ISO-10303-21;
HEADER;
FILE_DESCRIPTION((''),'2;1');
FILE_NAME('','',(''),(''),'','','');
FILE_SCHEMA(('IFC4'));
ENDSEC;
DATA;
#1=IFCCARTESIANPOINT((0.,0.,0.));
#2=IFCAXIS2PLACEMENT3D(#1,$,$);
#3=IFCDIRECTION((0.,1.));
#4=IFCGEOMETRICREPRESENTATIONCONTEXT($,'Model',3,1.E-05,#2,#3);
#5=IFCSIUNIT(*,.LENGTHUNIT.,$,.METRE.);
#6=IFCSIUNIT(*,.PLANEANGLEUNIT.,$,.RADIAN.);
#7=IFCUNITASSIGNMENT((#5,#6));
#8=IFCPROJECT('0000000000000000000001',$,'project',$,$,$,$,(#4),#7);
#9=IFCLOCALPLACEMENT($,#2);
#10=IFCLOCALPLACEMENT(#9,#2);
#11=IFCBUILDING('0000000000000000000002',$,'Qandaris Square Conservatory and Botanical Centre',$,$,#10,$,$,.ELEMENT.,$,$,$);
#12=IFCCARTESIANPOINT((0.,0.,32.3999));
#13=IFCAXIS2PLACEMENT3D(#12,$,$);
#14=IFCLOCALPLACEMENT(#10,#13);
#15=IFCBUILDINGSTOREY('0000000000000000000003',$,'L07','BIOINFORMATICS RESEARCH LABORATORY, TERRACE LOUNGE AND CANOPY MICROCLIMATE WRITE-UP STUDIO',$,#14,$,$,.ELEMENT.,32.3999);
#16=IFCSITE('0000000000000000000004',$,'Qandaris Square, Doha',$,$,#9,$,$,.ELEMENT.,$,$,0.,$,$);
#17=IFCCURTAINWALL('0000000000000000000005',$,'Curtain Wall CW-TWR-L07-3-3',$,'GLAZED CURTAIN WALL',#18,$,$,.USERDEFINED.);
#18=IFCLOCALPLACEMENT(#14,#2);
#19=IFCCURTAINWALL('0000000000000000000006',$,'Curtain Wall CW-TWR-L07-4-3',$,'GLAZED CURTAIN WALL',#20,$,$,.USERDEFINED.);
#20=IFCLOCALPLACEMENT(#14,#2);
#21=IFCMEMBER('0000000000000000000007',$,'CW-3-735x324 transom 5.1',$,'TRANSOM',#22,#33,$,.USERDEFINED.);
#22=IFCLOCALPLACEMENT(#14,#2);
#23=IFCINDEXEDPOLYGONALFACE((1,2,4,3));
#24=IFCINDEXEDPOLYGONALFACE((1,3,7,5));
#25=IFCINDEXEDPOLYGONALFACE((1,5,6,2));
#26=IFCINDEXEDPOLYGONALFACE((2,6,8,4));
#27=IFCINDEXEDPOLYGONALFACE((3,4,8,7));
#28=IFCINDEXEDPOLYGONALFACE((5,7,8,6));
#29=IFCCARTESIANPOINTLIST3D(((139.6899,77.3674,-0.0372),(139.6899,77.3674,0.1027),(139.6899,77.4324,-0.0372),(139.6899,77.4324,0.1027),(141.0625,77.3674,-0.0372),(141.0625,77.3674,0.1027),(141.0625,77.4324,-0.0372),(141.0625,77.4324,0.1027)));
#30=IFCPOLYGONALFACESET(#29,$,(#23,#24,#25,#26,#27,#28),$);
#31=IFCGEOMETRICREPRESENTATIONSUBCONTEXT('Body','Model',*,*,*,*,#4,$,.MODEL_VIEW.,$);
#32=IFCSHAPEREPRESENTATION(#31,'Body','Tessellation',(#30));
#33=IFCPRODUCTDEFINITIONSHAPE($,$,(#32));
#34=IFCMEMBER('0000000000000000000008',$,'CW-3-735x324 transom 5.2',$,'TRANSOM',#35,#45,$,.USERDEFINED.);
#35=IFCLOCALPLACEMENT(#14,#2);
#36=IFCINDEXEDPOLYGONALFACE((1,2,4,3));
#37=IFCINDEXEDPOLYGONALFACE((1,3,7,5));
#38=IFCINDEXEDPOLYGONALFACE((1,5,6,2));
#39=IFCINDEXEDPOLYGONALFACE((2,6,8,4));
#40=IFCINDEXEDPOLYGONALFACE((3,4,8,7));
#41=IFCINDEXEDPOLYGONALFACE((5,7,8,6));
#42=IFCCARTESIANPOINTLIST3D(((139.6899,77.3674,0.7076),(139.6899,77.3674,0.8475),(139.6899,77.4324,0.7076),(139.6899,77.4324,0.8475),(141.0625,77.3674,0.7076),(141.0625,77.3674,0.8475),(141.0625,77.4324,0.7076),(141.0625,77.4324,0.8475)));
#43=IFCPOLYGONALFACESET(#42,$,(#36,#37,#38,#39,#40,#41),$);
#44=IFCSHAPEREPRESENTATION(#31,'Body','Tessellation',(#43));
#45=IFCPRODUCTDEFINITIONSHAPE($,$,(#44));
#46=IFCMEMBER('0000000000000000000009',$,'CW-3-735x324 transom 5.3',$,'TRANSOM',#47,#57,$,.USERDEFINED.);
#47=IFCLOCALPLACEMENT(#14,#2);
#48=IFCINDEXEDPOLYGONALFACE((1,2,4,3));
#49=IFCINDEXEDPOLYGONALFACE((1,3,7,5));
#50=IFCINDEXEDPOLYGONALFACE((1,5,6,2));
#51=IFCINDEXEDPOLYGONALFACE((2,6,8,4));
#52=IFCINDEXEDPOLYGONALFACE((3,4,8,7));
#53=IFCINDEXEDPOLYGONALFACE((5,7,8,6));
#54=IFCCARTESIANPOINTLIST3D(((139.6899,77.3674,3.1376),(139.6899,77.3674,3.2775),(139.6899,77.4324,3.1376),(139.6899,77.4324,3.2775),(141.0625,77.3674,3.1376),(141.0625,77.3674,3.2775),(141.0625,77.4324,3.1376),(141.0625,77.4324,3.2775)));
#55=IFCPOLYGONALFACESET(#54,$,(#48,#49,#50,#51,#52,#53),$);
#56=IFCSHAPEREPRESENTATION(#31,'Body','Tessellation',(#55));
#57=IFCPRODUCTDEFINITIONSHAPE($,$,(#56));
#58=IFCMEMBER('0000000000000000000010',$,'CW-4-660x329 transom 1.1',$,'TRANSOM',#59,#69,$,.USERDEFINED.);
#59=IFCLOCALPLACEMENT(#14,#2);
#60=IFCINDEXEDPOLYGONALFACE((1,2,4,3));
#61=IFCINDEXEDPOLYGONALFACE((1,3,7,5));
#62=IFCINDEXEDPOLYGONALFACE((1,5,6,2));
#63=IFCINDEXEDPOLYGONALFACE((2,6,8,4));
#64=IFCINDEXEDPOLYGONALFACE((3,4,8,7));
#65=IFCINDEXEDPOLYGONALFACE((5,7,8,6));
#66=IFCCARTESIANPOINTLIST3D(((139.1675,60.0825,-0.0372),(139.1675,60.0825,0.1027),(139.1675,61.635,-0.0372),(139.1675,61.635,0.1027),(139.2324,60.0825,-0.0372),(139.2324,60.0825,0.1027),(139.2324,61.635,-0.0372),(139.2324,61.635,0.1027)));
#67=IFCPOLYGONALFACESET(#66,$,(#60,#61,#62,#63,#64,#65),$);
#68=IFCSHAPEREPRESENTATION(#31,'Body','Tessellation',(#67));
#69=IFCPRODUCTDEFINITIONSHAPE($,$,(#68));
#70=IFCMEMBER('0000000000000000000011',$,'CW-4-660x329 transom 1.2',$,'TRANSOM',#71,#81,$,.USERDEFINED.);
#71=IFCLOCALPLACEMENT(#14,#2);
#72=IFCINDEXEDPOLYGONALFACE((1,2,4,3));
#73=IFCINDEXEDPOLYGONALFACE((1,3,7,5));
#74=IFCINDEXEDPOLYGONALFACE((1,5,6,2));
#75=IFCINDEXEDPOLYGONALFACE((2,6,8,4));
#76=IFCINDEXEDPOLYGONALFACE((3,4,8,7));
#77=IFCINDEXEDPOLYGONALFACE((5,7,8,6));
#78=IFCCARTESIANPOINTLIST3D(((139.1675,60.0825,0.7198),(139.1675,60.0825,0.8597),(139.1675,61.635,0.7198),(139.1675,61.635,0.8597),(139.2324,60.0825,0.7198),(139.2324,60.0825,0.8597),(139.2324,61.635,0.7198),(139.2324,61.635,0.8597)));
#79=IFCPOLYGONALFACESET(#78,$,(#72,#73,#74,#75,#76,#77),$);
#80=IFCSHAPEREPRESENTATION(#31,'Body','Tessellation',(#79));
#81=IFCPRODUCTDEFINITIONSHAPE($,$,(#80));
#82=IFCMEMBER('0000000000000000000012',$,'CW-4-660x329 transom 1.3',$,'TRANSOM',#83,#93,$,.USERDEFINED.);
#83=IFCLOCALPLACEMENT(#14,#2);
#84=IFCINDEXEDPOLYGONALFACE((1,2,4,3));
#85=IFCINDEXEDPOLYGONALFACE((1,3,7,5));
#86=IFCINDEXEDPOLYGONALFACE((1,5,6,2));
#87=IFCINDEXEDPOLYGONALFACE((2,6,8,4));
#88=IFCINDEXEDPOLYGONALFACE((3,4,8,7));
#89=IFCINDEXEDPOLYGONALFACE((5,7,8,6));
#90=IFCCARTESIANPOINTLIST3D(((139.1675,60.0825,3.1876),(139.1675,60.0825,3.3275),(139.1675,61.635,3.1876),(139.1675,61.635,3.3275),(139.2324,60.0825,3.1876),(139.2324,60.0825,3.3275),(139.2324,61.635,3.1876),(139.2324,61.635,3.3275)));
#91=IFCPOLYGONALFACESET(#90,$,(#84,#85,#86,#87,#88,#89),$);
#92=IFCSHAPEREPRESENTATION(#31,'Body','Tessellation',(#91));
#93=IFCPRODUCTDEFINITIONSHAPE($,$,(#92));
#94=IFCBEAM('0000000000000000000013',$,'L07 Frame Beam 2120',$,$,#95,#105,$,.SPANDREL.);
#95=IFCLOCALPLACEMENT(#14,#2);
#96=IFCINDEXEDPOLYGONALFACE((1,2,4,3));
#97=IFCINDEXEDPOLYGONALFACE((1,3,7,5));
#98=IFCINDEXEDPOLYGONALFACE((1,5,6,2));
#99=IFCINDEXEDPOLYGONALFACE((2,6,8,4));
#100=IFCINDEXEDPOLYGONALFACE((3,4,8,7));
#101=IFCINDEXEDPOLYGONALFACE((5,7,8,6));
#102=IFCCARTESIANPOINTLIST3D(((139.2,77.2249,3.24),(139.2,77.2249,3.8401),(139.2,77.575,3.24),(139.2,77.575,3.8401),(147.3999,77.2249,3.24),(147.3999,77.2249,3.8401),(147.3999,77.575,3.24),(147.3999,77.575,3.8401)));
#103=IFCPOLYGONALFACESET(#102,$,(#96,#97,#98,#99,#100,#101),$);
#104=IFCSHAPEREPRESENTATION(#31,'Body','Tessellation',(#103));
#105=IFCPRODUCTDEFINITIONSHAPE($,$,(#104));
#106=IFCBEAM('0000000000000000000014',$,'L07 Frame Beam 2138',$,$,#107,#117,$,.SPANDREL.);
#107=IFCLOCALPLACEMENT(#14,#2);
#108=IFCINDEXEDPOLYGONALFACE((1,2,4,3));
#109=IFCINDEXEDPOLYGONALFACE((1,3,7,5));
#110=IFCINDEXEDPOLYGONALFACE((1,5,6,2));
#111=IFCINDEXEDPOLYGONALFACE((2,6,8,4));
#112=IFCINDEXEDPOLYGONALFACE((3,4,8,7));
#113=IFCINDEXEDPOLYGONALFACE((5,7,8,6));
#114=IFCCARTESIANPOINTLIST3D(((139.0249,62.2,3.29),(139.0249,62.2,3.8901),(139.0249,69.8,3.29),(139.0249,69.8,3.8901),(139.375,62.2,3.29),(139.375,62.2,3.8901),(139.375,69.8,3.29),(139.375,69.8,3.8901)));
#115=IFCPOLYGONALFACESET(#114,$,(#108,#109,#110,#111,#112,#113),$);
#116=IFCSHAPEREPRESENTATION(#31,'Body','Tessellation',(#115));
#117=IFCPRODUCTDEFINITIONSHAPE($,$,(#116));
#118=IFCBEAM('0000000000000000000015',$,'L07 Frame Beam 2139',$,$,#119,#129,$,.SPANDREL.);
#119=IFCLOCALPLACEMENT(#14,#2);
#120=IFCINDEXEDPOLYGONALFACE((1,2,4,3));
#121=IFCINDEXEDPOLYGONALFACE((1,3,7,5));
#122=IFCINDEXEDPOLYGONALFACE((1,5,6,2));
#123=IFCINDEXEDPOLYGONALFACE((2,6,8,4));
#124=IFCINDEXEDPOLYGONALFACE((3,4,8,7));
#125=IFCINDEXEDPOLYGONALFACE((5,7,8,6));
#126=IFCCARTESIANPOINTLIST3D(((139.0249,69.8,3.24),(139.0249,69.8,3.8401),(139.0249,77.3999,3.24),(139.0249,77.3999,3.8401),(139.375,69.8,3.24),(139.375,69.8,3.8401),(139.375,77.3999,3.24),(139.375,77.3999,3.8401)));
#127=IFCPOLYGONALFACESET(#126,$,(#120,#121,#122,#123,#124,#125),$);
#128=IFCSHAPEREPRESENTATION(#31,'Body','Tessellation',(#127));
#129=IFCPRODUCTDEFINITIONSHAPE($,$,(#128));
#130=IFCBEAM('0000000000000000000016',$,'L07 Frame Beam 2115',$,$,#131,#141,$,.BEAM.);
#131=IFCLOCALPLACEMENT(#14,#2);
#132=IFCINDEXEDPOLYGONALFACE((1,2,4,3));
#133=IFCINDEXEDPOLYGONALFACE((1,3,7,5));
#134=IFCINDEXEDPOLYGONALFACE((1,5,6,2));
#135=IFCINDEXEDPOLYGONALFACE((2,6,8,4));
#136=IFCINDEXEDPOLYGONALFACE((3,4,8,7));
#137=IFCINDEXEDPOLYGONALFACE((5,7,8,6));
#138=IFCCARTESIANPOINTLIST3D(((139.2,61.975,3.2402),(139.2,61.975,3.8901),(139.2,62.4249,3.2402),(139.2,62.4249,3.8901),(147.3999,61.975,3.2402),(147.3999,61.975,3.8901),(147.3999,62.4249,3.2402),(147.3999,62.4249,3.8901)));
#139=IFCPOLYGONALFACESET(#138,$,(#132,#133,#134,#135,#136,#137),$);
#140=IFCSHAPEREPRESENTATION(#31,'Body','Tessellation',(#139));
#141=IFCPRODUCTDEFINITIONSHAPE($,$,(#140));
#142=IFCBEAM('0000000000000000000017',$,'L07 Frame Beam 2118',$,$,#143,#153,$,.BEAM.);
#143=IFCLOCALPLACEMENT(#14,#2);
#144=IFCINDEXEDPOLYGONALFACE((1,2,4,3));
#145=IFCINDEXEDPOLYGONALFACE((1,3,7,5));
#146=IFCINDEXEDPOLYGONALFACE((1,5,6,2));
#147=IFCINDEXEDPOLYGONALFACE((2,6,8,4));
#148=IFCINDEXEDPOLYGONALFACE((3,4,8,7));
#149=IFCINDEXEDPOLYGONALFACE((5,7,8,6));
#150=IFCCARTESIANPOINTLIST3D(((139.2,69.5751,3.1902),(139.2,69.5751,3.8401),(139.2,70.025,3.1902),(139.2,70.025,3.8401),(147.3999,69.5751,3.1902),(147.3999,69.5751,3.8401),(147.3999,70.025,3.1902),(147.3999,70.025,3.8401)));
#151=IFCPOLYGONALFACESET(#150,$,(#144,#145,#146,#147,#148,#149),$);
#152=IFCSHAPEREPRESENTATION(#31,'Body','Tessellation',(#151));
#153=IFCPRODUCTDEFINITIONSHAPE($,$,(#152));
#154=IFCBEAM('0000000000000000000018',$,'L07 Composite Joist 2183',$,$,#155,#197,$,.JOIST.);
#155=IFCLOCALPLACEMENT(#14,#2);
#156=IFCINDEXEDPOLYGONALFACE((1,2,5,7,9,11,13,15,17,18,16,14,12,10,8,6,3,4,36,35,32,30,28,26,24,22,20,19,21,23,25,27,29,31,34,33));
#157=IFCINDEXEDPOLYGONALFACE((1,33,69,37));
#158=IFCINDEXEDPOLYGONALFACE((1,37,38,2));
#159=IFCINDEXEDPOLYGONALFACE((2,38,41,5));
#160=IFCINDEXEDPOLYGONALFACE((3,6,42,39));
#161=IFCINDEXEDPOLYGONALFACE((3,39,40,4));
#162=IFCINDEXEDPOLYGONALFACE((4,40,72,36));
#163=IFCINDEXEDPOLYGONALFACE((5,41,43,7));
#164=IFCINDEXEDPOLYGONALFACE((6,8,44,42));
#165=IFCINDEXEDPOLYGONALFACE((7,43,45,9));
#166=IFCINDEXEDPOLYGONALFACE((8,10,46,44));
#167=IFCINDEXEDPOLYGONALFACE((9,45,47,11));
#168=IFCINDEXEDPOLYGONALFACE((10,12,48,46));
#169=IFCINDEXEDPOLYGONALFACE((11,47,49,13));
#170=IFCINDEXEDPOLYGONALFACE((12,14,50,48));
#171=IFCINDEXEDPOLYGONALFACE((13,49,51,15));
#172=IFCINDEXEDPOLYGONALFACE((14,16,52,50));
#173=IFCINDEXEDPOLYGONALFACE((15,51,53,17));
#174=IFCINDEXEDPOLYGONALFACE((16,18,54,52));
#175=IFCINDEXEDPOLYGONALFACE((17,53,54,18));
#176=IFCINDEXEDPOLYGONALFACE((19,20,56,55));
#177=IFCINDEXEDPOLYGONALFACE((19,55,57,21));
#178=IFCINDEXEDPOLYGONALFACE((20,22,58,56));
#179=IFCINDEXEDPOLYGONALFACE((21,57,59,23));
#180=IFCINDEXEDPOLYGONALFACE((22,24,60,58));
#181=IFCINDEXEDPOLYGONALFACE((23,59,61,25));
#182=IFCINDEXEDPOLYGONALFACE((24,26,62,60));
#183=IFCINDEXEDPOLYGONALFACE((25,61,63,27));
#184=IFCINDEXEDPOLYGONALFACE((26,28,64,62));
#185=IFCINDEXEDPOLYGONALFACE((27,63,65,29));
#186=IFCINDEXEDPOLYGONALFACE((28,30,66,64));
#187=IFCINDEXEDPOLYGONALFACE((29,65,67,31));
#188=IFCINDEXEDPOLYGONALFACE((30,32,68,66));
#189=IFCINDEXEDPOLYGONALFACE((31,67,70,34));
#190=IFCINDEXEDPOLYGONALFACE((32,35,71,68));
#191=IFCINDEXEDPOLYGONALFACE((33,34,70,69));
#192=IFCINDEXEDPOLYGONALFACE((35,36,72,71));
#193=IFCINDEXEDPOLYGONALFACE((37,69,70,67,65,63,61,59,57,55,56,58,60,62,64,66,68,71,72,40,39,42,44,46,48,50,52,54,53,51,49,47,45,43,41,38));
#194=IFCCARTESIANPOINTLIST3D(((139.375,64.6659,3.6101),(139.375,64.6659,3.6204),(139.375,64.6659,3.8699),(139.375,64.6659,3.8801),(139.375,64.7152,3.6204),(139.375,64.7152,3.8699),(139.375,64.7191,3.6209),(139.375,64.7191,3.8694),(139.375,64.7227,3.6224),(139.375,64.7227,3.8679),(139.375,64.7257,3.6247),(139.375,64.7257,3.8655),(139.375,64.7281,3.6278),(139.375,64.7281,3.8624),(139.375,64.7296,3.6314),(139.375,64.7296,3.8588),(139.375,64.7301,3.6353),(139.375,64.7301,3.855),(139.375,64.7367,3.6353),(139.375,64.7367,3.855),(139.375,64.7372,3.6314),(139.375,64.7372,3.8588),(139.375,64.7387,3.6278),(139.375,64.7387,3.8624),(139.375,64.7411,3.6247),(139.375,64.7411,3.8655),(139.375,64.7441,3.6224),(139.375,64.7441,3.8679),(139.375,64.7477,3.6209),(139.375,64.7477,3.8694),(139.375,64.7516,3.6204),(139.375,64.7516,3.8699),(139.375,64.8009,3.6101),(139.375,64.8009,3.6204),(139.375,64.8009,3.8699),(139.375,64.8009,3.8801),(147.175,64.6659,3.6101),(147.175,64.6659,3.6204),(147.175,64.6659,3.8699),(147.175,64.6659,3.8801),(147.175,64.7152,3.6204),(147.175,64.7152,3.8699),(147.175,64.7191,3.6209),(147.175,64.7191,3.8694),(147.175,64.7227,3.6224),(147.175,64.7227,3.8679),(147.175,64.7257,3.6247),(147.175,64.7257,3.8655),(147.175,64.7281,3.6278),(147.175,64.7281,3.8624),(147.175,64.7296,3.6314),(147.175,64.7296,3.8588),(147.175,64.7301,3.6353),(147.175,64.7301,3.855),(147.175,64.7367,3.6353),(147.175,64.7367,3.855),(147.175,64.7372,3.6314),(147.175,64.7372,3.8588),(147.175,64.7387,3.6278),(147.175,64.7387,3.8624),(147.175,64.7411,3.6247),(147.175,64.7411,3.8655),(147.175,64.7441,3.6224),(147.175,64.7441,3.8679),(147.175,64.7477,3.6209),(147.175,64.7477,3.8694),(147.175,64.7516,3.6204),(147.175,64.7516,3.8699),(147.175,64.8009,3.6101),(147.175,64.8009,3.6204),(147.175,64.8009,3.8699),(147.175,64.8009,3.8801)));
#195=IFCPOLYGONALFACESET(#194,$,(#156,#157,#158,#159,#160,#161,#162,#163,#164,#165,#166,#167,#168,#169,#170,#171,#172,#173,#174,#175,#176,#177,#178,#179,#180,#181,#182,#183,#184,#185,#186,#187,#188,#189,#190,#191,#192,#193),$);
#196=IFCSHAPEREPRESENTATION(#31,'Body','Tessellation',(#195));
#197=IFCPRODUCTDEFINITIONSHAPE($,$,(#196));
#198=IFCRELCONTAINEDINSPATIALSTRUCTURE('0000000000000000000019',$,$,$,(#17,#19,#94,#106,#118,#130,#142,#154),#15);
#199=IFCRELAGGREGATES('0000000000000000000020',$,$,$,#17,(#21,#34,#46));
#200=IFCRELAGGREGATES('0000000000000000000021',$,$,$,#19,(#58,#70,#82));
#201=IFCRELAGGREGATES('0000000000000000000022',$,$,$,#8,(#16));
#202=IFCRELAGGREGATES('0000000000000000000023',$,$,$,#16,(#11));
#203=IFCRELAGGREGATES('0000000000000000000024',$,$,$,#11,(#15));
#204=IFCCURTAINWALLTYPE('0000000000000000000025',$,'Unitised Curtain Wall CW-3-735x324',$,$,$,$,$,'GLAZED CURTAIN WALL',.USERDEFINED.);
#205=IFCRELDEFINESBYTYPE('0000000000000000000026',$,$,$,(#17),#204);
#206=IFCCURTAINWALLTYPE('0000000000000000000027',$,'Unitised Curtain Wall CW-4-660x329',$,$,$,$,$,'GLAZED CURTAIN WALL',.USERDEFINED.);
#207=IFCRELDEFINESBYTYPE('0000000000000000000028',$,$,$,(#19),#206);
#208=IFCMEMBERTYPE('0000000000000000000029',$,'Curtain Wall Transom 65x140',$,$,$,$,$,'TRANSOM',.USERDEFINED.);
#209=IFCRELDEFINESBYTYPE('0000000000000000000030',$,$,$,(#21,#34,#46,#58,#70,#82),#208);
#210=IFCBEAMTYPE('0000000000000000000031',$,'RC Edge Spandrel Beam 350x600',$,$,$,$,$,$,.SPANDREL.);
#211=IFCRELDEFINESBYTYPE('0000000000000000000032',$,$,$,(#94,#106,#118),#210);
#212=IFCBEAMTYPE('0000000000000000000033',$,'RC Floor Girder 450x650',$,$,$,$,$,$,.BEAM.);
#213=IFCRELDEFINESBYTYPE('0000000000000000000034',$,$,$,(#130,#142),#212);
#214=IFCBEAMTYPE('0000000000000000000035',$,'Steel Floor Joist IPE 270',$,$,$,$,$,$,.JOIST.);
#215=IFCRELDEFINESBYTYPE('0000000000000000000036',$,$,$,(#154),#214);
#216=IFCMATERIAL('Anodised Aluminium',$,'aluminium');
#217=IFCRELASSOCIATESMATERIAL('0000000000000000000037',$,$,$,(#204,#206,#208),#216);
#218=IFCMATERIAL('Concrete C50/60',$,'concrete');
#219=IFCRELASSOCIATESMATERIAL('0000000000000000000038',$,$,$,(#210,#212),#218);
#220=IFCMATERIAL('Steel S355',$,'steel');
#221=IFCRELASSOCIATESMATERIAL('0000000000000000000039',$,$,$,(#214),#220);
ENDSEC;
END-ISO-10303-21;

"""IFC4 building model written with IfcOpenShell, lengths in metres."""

from ifc_helpers import new_model, si_unit, direction, frame, origin, origin_2d, place, context, subcontext, project, spatial, rectangle, i_section, extrude, material, material_profile, profile_set, type_object, element, aggregate, save


model = new_model("IFC4")

# Units and contexts
model_context = context("Model", 3, precision=1e-05, world=origin(), true_north=direction((0.0, 1.0)))
body_context = subcontext(model_context, "Body", "Model", "MODEL_VIEW")
ifc_project = project(units=[si_unit("LENGTHUNIT", "METRE"), si_unit("PLANEANGLEUNIT", "RADIAN")], contexts=[model_context])

# Site, building, storey
site_placement = place(None, origin())
site = spatial("IfcSite", under=ifc_project, at=site_placement, Name="Qandaris Square, Doha", CompositionType="ELEMENT", RefElevation=0.0)
building_placement = place(site_placement, origin())
building = spatial("IfcBuilding", under=site, at=building_placement, Name="Qandaris Square Conservatory and Botanical Centre", CompositionType="ELEMENT")
storey_placement = place(building_placement, frame((0.0, 0.0, 32.3999)))
storey = spatial("IfcBuildingStorey", under=building, at=storey_placement, Name="L07", Description="BIOINFORMATICS RESEARCH LABORATORY, TERRACE LOUNGE AND CANOPY MICROCLIMATE WRITE-UP STUDIO", CompositionType="ELEMENT", Elevation=32.3999)

# Shared definitions
ifc_material_1 = material(Name="Concrete C50/60", Category="concrete")

# Shared definitions
ifc_material_2 = material(Name="Steel S355", Category="steel")

# Curtain wall
ifc_material_3 = material(Name="Anodised Aluminium", Category="aluminium")
curtain_wall_type_1 = type_object("IfcCurtainWallType", Name="Unitised Curtain Wall CW-3-735x324", ElementType="GLAZED CURTAIN WALL", PredefinedType="USERDEFINED", material=ifc_material_3)
curtain_wall_1_placement = place(storey_placement, origin())
curtain_wall_1 = element("IfcCurtainWall", 1, at=curtain_wall_1_placement, inside=storey, type_object=curtain_wall_type_1, Name="Curtain Wall CW-TWR-L07-3-3", ObjectType="GLAZED CURTAIN WALL", PredefinedType="USERDEFINED")

# Curtain wall
curtain_wall_type_2 = type_object("IfcCurtainWallType", Name="Unitised Curtain Wall CW-4-660x329", ElementType="GLAZED CURTAIN WALL", PredefinedType="USERDEFINED", material=ifc_material_3)
curtain_wall_2_placement = place(storey_placement, origin())
curtain_wall_2 = element("IfcCurtainWall", 2, at=curtain_wall_2_placement, inside=storey, type_object=curtain_wall_type_2, Name="Curtain Wall CW-TWR-L07-4-3", ObjectType="GLAZED CURTAIN WALL", PredefinedType="USERDEFINED")

# Members
ifc_material_profile_1 = material_profile(ifc_material_3, rectangle(XDim=0.0649, YDim=0.1399, at=origin_2d()), Name="ALU-TRN 65x140")
ifc_profile_set_1 = profile_set([ifc_material_profile_1], Name="Anodised Aluminium")
member_type_1 = type_object("IfcMemberType", Name="Curtain Wall Transom 65x140", ElementType="TRANSOM", PredefinedType="USERDEFINED", material=ifc_profile_set_1)
member_1_placement = place(storey_placement, frame((141.0625, 77.3999, 0.0327), z_axis=(-1.0, 0.0, 0.0), x_axis=(0.0, -1.0, 0.0)))
member_1 = element("IfcMember", 3, at=member_1_placement, type_object=member_type_1, Name="CW-3-735x324 transom 5.1", ObjectType="TRANSOM", PredefinedType="USERDEFINED", context=body_context, shape_type="SweptSolid", body=[
    extrude(rectangle(XDim=0.0649, YDim=0.1399, at=origin_2d()), origin(), (0.0, 0.0, 1.0), 1.3726),
])
member_2_placement = place(storey_placement, frame((141.0625, 77.3999, 0.7776), z_axis=(-1.0, 0.0, 0.0), x_axis=(0.0, -1.0, 0.0)))
member_2 = element("IfcMember", 4, at=member_2_placement, type_object=member_type_1, Name="CW-3-735x324 transom 5.2", ObjectType="TRANSOM", PredefinedType="USERDEFINED", context=body_context, shape_type="SweptSolid", body=[
    extrude(rectangle(XDim=0.0649, YDim=0.1399, at=origin_2d()), origin(), (0.0, 0.0, 1.0), 1.3726),
])
member_3_placement = place(storey_placement, frame((141.0625, 77.3999, 3.2075), z_axis=(-1.0, 0.0, 0.0), x_axis=(0.0, -1.0, 0.0)))
member_3 = element("IfcMember", 5, at=member_3_placement, type_object=member_type_1, Name="CW-3-735x324 transom 5.3", ObjectType="TRANSOM", PredefinedType="USERDEFINED", context=body_context, shape_type="SweptSolid", body=[
    extrude(rectangle(XDim=0.0649, YDim=0.1399, at=origin_2d()), origin(), (0.0, 0.0, 1.0), 1.3726),
])
member_4_placement = place(storey_placement, frame((139.2, 61.635, 0.0327), z_axis=(0.0, -1.0, 0.0), x_axis=(1.0, 0.0, 0.0)))
member_4 = element("IfcMember", 6, at=member_4_placement, type_object=member_type_1, Name="CW-4-660x329 transom 1.1", ObjectType="TRANSOM", PredefinedType="USERDEFINED", context=body_context, shape_type="SweptSolid", body=[
    extrude(rectangle(XDim=0.0649, YDim=0.1399, at=origin_2d()), origin(), (0.0, 0.0, 1.0), 1.5525),
])
member_5_placement = place(storey_placement, frame((139.2, 61.635, 0.7898), z_axis=(0.0, -1.0, 0.0), x_axis=(1.0, 0.0, 0.0)))
member_5 = element("IfcMember", 7, at=member_5_placement, type_object=member_type_1, Name="CW-4-660x329 transom 1.2", ObjectType="TRANSOM", PredefinedType="USERDEFINED", context=body_context, shape_type="SweptSolid", body=[
    extrude(rectangle(XDim=0.0649, YDim=0.1399, at=origin_2d()), origin(), (0.0, 0.0, 1.0), 1.5525),
])
member_6_placement = place(storey_placement, frame((139.2, 61.635, 3.2576), z_axis=(0.0, -1.0, 0.0), x_axis=(1.0, 0.0, 0.0)))
member_6 = element("IfcMember", 8, at=member_6_placement, type_object=member_type_1, Name="CW-4-660x329 transom 1.3", ObjectType="TRANSOM", PredefinedType="USERDEFINED", context=body_context, shape_type="SweptSolid", body=[
    extrude(rectangle(XDim=0.0649, YDim=0.1399, at=origin_2d()), origin(), (0.0, 0.0, 1.0), 1.5525),
])

# Beams
ifc_material_profile_2 = material_profile(ifc_material_1, rectangle(XDim=0.3501, YDim=0.6001, at=origin_2d()), Name="RC-SP 350x600")
ifc_profile_set_2 = profile_set([ifc_material_profile_2], Name="Concrete C50/60")
beam_type_1 = type_object("IfcBeamType", Name="RC Edge Spandrel Beam 350x600", PredefinedType="SPANDREL", material=ifc_profile_set_2)
beam_1_placement = place(storey_placement, frame((139.2, 77.3999, 3.54), z_axis=(1.0, 0.0, 0.0), x_axis=(0.0, 1.0, 0.0)))
element("IfcBeam", 9, at=beam_1_placement, inside=storey, type_object=beam_type_1, Name="L07 Frame Beam 2120", PredefinedType="SPANDREL", context=body_context, shape_type="SweptSolid", body=[
    extrude(rectangle(XDim=0.3501, YDim=0.6001, at=origin_2d()), origin(), (0.0, 0.0, 1.0), 8.2),
])
beam_2_placement = place(storey_placement, frame((139.2, 62.2, 3.5901), z_axis=(0.0, 1.0, 0.0), x_axis=(-1.0, 0.0, 0.0)))
element("IfcBeam", 10, at=beam_2_placement, inside=storey, type_object=beam_type_1, Name="L07 Frame Beam 2138", PredefinedType="SPANDREL", context=body_context, shape_type="SweptSolid", body=[
    extrude(rectangle(XDim=0.3501, YDim=0.6001, at=origin_2d()), origin(), (0.0, 0.0, 1.0), 7.6001),
])
beam_3_placement = place(storey_placement, frame((139.2, 69.8, 3.54), z_axis=(0.0, 1.0, 0.0), x_axis=(-1.0, 0.0, 0.0)))
element("IfcBeam", 11, at=beam_3_placement, inside=storey, type_object=beam_type_1, Name="L07 Frame Beam 2139", PredefinedType="SPANDREL", context=body_context, shape_type="SweptSolid", body=[
    extrude(rectangle(XDim=0.3501, YDim=0.6001, at=origin_2d()), origin(), (0.0, 0.0, 1.0), 7.5999),
])
ifc_material_profile_3 = material_profile(ifc_material_1, rectangle(XDim=0.45, YDim=0.6499, at=origin_2d()), Name="RC-BM 450x650")
ifc_profile_set_3 = profile_set([ifc_material_profile_3], Name="Concrete C50/60")
beam_type_2 = type_object("IfcBeamType", Name="RC Floor Girder 450x650", PredefinedType="BEAM", material=ifc_profile_set_3)
for number, where, z_axis, x_axis, name in (
    (12, (139.2, 62.2, 3.5652), (1.0, 0.0, 0.0), (0.0, 1.0, 0.0), "L07 Frame Beam 2115"),
    (13, (139.2, 69.8, 3.5151), (1.0, 0.0, 0.0), (0.0, 1.0, 0.0), "L07 Frame Beam 2118"),
):
    element("IfcBeam", number, at=place(storey_placement, frame(where, z_axis=z_axis, x_axis=x_axis)), inside=storey, type_object=beam_type_2, Name=name, PredefinedType="BEAM", context=body_context, shape_type="SweptSolid", body=[
        extrude(rectangle(XDim=0.45, YDim=0.6499, at=origin_2d()), origin(), (0.0, 0.0, 1.0), 8.2),
    ])
ifc_material_profile_4 = material_profile(ifc_material_2, i_section(OverallWidth=0.135, OverallDepth=0.27, WebThickness=0.0066, FlangeThickness=0.0103, FilletRadius=0.0149, at=origin_2d()), Name="IPE 270")
ifc_profile_set_4 = profile_set([ifc_material_profile_4], Name="Steel S355")
beam_type_3 = type_object("IfcBeamType", Name="Steel Floor Joist IPE 270", PredefinedType="JOIST", material=ifc_profile_set_4)
beam_4_placement = place(storey_placement, frame((139.375, 64.7334, 3.7451), z_axis=(1.0, 0.0, 0.0), x_axis=(0.0, 1.0, 0.0)))
element("IfcBeam", 14, at=beam_4_placement, inside=storey, type_object=beam_type_3, Name="L07 Composite Joist 2183", PredefinedType="JOIST", context=body_context, shape_type="SweptSolid", body=[
    extrude(i_section(OverallWidth=0.135, OverallDepth=0.27, WebThickness=0.0066, FlangeThickness=0.0103, FilletRadius=0.0149, at=origin_2d()), origin(), (0.0, 0.0, 1.0), 7.8),
])

aggregate(curtain_wall_1, [member_1, member_2, member_3])
aggregate(curtain_wall_2, [member_4, member_5, member_6])

save(model, "model.ifc")
